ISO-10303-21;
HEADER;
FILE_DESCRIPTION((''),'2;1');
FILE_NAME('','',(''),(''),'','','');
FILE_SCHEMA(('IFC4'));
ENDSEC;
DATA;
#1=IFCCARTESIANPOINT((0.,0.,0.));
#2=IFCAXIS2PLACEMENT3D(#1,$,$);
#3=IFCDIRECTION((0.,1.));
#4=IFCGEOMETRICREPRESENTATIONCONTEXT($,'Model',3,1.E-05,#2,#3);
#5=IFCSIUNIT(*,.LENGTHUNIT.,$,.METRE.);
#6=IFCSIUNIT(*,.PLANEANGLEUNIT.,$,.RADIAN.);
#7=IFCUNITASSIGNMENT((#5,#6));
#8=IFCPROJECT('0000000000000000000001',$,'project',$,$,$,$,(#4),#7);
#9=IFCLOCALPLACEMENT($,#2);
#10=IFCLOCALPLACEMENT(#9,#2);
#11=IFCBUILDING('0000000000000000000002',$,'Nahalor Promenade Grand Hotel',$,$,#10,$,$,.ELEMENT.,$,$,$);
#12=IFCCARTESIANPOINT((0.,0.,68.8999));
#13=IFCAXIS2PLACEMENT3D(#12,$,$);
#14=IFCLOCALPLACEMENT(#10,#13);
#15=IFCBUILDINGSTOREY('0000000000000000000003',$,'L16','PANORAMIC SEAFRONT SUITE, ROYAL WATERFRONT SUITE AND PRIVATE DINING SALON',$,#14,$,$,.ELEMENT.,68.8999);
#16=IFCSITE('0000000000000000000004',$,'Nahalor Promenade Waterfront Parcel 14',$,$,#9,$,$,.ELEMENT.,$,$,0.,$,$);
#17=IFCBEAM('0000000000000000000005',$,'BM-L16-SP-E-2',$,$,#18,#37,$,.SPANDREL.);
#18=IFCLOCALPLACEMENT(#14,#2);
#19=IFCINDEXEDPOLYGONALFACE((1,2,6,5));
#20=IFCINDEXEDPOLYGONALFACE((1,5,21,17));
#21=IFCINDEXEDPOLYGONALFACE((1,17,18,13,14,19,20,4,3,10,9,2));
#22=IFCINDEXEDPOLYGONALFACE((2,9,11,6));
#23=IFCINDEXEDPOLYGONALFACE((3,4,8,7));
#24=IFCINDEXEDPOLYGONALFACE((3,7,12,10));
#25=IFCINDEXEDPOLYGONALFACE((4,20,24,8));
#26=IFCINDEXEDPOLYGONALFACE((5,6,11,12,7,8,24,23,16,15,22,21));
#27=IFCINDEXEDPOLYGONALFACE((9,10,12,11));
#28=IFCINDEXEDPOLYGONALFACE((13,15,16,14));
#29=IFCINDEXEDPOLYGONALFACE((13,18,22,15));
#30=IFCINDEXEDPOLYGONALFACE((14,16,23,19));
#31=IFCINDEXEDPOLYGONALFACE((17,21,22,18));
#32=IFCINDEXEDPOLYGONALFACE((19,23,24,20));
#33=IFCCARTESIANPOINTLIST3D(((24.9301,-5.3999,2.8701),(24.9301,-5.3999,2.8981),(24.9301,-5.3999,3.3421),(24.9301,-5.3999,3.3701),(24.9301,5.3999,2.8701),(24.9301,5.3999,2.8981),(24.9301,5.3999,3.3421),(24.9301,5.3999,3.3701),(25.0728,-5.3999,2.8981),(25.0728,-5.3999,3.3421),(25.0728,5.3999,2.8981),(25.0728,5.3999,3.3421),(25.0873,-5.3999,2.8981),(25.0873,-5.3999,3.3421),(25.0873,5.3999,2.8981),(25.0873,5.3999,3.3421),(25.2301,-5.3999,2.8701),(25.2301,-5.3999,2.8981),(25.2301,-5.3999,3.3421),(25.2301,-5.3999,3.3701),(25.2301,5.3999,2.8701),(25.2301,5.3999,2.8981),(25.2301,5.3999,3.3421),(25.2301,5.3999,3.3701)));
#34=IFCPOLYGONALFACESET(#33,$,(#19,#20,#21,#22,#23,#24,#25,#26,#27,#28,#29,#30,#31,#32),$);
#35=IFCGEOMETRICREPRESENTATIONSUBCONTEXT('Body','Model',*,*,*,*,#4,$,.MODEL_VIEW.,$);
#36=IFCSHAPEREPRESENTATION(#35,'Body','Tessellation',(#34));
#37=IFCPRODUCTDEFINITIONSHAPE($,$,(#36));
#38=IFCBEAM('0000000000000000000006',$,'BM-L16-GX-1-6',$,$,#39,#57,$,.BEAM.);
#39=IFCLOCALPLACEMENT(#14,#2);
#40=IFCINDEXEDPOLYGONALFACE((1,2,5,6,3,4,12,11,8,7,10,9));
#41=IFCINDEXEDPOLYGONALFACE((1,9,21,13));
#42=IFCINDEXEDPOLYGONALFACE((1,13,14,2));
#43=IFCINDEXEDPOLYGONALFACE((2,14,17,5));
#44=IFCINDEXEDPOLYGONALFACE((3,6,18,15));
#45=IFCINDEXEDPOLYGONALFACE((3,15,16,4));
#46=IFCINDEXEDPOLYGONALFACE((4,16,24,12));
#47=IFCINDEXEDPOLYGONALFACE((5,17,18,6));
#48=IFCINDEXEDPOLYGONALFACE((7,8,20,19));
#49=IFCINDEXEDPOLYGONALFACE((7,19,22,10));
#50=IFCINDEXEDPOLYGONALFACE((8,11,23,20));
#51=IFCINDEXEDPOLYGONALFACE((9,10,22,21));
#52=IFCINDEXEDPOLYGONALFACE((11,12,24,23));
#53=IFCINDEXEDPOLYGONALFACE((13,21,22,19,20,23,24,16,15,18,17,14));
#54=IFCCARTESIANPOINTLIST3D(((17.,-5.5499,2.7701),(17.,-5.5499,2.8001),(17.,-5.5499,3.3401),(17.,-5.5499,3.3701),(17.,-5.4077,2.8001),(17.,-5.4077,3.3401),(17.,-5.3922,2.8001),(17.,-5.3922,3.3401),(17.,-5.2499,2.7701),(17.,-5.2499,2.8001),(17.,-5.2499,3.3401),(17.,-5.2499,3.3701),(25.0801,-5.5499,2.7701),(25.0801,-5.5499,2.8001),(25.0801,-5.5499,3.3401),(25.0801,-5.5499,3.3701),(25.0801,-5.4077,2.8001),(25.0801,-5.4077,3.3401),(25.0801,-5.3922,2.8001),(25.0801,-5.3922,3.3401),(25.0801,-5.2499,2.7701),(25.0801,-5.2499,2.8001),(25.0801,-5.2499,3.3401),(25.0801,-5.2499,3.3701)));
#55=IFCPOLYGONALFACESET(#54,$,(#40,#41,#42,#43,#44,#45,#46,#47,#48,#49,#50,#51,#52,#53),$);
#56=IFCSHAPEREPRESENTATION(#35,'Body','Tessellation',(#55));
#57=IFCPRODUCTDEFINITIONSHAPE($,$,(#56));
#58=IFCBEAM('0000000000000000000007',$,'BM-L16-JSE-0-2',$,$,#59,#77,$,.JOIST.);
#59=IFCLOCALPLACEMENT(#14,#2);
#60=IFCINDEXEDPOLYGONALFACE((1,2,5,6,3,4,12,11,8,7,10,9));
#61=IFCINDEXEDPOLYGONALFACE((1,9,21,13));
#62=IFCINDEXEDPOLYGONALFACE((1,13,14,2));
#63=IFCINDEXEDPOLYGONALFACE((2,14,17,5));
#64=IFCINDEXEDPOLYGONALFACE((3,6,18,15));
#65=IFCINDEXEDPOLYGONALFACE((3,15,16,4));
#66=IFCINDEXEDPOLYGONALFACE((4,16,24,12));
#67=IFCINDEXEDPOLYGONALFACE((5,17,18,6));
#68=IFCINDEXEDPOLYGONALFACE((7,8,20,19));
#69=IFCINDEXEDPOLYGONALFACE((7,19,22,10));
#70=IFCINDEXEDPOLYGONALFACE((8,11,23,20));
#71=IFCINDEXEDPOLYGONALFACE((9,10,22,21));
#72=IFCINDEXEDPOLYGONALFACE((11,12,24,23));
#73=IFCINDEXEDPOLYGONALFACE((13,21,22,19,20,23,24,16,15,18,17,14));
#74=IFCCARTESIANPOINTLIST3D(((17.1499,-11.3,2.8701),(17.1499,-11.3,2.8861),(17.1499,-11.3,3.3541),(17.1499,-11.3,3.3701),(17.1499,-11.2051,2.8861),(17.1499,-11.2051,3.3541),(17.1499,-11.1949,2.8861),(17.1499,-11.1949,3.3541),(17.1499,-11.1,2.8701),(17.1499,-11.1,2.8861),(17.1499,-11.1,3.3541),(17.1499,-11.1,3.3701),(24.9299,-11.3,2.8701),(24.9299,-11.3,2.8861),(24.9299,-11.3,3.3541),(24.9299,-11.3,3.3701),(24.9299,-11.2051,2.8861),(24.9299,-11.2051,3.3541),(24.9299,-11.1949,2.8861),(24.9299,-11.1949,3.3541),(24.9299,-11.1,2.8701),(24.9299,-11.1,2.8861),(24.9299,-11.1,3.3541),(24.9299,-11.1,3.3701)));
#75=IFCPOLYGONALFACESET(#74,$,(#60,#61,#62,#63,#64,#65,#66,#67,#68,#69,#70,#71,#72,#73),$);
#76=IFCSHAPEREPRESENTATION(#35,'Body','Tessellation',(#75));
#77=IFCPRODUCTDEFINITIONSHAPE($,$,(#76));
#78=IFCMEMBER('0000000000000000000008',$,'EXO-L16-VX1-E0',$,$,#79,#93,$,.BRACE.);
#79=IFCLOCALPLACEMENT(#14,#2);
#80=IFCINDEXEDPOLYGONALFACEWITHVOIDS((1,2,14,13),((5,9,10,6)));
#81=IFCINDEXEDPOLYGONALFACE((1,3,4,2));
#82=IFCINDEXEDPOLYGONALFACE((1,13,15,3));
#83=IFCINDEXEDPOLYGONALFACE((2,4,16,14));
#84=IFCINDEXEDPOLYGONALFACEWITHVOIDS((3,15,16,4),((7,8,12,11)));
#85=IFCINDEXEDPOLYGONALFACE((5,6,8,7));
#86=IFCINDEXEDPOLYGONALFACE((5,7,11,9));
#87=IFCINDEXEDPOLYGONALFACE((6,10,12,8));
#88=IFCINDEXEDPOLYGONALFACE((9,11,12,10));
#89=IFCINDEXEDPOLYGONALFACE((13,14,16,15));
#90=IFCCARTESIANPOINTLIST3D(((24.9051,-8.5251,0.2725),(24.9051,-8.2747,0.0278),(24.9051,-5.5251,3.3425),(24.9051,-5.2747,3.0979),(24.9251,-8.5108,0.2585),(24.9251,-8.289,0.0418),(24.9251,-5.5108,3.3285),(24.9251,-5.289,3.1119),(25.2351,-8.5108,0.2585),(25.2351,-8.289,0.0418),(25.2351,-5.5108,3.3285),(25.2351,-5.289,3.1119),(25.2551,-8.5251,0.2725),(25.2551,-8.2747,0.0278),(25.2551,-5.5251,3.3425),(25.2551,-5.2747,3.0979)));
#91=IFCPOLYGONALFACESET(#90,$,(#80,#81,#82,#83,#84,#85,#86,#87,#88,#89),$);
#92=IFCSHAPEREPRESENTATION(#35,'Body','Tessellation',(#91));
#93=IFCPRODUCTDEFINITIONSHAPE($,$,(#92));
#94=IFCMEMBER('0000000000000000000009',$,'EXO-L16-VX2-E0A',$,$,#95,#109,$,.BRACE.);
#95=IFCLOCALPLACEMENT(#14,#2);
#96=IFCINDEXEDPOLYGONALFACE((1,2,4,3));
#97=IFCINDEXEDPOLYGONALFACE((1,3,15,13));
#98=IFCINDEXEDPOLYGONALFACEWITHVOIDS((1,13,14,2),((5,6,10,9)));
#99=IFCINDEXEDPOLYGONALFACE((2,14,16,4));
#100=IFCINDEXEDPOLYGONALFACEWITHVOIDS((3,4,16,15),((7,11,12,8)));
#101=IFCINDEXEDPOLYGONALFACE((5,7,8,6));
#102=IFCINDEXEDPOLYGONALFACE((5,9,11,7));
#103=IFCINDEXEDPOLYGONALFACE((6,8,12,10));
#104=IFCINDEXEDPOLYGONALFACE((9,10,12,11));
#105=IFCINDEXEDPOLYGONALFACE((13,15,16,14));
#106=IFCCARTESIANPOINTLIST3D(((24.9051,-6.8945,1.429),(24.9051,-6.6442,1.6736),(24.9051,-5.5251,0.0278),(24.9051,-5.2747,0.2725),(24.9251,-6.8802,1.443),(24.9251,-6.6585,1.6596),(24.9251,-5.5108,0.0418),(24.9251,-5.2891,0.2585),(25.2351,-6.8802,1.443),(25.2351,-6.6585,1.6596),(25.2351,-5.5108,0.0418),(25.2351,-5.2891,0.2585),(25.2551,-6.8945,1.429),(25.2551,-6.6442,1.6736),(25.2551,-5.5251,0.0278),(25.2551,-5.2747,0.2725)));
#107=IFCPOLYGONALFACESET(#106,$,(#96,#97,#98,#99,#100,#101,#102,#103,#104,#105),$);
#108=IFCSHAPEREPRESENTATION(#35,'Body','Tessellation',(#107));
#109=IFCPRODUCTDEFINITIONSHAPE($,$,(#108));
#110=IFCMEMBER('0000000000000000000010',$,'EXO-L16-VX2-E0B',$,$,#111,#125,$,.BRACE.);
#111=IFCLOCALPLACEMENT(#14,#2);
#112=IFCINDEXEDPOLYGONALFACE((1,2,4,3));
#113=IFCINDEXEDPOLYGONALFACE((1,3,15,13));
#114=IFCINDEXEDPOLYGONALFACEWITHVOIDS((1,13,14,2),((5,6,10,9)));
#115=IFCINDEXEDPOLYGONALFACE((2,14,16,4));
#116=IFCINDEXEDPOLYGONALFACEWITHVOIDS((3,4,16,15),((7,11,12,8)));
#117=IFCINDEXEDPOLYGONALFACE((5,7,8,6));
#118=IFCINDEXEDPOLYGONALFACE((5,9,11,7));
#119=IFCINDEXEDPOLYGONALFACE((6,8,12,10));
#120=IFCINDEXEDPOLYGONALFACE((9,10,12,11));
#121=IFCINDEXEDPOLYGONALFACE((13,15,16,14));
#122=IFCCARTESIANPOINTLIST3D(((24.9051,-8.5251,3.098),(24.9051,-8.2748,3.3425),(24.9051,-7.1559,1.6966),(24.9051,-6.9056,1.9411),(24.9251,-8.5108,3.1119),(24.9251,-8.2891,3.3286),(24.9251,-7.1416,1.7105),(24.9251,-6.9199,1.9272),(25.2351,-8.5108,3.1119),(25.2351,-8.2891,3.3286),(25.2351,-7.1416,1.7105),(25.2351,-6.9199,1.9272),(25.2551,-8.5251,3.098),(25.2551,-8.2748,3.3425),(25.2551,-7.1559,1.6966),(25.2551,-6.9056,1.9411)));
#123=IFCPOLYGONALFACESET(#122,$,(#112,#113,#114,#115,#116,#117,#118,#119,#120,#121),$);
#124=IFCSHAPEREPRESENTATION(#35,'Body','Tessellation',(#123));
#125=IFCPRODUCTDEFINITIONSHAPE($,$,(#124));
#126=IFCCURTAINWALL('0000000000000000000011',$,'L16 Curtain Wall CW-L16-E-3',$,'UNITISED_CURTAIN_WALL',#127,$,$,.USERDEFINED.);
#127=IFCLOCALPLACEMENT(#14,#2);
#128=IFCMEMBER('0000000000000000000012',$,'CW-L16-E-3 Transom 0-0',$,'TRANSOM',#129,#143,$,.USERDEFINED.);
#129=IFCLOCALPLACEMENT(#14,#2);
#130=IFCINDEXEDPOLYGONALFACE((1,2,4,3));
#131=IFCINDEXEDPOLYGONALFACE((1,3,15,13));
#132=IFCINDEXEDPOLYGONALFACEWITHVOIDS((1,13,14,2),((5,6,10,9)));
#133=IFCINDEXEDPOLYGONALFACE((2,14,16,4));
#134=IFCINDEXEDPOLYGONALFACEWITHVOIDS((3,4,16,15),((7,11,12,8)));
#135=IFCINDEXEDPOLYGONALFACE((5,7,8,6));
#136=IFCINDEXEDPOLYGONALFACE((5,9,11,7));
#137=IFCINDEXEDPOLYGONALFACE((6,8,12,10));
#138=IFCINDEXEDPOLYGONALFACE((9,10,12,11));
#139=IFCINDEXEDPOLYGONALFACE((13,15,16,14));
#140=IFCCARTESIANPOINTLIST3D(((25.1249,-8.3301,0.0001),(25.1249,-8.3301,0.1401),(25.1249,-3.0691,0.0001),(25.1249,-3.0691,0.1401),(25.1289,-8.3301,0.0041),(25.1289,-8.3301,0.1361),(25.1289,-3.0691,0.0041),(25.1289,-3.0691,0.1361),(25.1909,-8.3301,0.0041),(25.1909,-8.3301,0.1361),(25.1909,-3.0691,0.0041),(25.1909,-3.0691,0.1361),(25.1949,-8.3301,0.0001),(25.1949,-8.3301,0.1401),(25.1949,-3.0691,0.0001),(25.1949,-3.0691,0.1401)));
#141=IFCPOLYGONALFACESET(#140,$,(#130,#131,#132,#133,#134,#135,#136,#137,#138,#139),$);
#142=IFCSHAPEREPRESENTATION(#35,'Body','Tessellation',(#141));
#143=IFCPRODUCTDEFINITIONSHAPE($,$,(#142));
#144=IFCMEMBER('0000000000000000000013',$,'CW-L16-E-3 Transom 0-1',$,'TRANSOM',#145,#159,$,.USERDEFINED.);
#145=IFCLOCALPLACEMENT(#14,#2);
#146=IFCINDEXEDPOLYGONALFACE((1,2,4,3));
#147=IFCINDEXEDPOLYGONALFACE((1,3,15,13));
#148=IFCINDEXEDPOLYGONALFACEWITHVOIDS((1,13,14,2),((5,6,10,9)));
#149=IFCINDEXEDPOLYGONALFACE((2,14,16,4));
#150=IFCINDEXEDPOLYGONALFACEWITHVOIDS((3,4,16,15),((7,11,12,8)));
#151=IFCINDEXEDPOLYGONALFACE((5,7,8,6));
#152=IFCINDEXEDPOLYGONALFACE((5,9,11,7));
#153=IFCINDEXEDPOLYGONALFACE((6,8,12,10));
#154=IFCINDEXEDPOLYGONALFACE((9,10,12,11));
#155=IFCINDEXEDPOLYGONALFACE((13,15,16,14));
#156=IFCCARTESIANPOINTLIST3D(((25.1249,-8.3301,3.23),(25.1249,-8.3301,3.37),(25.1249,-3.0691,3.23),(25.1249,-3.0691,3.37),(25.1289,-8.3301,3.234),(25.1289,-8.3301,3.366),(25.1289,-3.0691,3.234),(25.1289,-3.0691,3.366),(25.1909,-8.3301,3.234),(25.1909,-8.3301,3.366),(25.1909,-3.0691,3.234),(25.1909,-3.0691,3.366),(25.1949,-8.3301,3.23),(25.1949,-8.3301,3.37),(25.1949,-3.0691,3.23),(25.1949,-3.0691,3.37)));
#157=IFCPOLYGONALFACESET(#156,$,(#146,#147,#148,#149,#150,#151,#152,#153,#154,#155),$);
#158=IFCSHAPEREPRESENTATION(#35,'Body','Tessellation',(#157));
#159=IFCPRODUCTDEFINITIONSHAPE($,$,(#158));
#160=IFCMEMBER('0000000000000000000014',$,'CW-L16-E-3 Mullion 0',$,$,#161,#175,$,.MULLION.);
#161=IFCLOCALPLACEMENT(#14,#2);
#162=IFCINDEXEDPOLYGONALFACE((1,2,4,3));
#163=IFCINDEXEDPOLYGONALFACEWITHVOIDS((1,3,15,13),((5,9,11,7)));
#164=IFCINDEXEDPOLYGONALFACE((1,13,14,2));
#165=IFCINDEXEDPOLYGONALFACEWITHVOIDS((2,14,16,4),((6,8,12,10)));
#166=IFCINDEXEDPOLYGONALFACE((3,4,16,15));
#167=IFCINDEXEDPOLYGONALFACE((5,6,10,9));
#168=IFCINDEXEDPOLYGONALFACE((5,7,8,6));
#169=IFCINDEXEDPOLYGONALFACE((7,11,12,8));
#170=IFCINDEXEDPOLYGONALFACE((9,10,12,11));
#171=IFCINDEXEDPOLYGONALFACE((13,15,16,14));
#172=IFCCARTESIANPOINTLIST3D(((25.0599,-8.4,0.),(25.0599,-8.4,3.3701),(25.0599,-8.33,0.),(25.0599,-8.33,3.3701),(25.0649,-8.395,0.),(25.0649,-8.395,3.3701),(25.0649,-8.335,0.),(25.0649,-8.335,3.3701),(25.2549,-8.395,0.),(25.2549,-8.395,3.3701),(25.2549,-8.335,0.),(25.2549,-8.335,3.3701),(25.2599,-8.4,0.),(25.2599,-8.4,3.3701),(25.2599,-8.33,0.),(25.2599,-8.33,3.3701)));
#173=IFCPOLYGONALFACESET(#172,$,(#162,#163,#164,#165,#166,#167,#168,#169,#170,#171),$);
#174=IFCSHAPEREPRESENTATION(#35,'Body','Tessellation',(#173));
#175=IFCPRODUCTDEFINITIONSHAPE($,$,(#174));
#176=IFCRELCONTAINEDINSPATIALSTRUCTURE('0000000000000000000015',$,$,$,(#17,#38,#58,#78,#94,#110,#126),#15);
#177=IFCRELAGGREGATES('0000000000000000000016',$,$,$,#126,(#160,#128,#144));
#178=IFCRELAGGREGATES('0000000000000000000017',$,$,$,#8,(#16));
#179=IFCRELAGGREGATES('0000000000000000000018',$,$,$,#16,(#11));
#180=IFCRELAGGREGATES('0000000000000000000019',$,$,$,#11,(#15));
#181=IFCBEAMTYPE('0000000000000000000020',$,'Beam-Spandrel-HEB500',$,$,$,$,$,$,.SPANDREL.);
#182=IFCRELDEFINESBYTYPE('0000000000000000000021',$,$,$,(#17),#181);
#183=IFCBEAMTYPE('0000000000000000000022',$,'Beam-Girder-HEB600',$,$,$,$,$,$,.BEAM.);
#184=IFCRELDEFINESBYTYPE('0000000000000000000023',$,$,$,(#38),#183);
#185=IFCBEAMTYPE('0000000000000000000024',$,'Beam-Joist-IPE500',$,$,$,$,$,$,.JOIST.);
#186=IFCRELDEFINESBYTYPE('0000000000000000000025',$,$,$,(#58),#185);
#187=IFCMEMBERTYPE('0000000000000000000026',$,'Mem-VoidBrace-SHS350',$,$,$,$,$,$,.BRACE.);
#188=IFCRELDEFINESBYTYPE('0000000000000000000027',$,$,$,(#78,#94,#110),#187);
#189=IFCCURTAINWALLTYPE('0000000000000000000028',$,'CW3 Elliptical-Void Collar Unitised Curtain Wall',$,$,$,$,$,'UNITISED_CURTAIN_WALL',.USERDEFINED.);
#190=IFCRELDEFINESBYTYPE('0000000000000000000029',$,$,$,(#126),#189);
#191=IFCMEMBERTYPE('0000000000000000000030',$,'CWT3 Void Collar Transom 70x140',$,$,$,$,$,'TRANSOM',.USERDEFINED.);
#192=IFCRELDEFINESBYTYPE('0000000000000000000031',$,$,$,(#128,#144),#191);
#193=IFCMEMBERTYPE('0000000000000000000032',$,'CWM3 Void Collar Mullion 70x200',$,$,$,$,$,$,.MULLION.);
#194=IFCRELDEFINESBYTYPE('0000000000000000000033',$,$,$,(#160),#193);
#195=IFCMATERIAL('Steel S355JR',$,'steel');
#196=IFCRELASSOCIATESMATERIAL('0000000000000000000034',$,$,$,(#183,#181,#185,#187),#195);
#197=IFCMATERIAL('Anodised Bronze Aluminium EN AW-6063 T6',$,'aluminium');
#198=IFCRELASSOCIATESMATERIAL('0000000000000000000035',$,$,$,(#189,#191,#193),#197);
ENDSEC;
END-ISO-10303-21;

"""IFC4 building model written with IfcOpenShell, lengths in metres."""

from ifc_helpers import new_model, si_unit, direction, frame, origin, origin_2d, place, context, subcontext, project, spatial, hollow_rectangle, i_section, extrude, source, transform, mapped, material, material_profile, profile_set, type_object, element, aggregate, save


model = new_model("IFC4")

# Units and contexts
model_context = context("Model", 3, precision=1e-05, world=origin(), true_north=direction((0.0, 1.0)))
body_context = subcontext(model_context, "Body", "Model", "MODEL_VIEW")
ifc_project = project(units=[si_unit("LENGTHUNIT", "METRE"), si_unit("PLANEANGLEUNIT", "RADIAN")], contexts=[model_context])

# Site, building, storey
site_placement = place(None, origin())
site = spatial("IfcSite", under=ifc_project, at=site_placement, Name="Nahalor Promenade Waterfront Parcel 14", CompositionType="ELEMENT", RefElevation=0.0)
building_placement = place(site_placement, origin())
building = spatial("IfcBuilding", under=site, at=building_placement, Name="Nahalor Promenade Grand Hotel", CompositionType="ELEMENT")
storey_placement = place(building_placement, frame((0.0, 0.0, 68.8999)))
storey = spatial("IfcBuildingStorey", under=building, at=storey_placement, Name="L16", Description="PANORAMIC SEAFRONT SUITE, ROYAL WATERFRONT SUITE AND PRIVATE DINING SALON", CompositionType="ELEMENT", Elevation=68.8999)

# Beams
ifc_material_1 = material(Name="Steel S355JR", Category="steel")
ifc_material_profile_1 = material_profile(ifc_material_1, i_section(OverallWidth=0.3, OverallDepth=0.6, WebThickness=0.0155, FlangeThickness=0.03, at=origin_2d()), Name="HEB 600")
ifc_profile_set_1 = profile_set([ifc_material_profile_1], Name="Steel S355JR")
beam_type_1 = type_object("IfcBeamType", Name="Beam-Girder-HEB600", PredefinedType="BEAM", material=ifc_profile_set_1)
ifc_material_profile_2 = material_profile(ifc_material_1, i_section(OverallWidth=0.3, OverallDepth=0.5, WebThickness=0.0145, FlangeThickness=0.028, at=origin_2d()), Name="HEB 500")
ifc_profile_set_2 = profile_set([ifc_material_profile_2], Name="Steel S355JR")
beam_type_2 = type_object("IfcBeamType", Name="Beam-Spandrel-HEB500", PredefinedType="SPANDREL", material=ifc_profile_set_2)
shared_shape_1 = source(origin(), body_context, "Body", "SweptSolid", [
    extrude(i_section(OverallWidth=0.3, OverallDepth=0.5, WebThickness=0.0145, FlangeThickness=0.028, at=origin_2d()), origin(), (0.0, 0.0, 1.0), 10.7998),
])
beam_1_placement = place(storey_placement, frame((25.0801, -5.3999, 3.1201), z_axis=(0.0, 1.0, 0.0), x_axis=(-1.0, 0.0, 0.0)))
element("IfcBeam", 1, at=beam_1_placement, inside=storey, type_object=beam_type_2, Name="BM-L16-SP-E-2", PredefinedType="SPANDREL", context=body_context, shape_type="MappedRepresentation", body=[
    mapped(shared_shape_1, transform((0.0, 0.0, 0.0), scale=1.0)),
])
shared_shape_2 = source(origin(), body_context, "Body", "SweptSolid", [
    extrude(i_section(OverallWidth=0.3, OverallDepth=0.6, WebThickness=0.0155, FlangeThickness=0.03, at=origin_2d()), origin(), (0.0, 0.0, 1.0), 8.0801),
])
beam_2_placement = place(storey_placement, frame((17.0, -5.3999, 3.0701), z_axis=(1.0, 0.0, 0.0), x_axis=(0.0, 1.0, 0.0)))
element("IfcBeam", 2, at=beam_2_placement, inside=storey, type_object=beam_type_1, Name="BM-L16-GX-1-6", PredefinedType="BEAM", context=body_context, shape_type="MappedRepresentation", body=[
    mapped(shared_shape_2, transform((0.0, 0.0, 0.0), scale=1.0)),
])
ifc_material_profile_3 = material_profile(ifc_material_1, i_section(OverallWidth=0.2, OverallDepth=0.5, WebThickness=0.0102, FlangeThickness=0.016, at=origin_2d()), Name="IPE 500")
ifc_profile_set_3 = profile_set([ifc_material_profile_3], Name="Steel S355JR")
beam_type_3 = type_object("IfcBeamType", Name="Beam-Joist-IPE500", PredefinedType="JOIST", material=ifc_profile_set_3)
shared_shape_3 = source(origin(), body_context, "Body", "SweptSolid", [
    extrude(i_section(OverallWidth=0.2, OverallDepth=0.5, WebThickness=0.0102, FlangeThickness=0.016, at=origin_2d()), origin(), (0.0, 0.0, 1.0), 7.78),
])
beam_3_placement = place(storey_placement, frame((17.1499, -11.2, 3.1201), z_axis=(1.0, 0.0, 0.0), x_axis=(0.0, 1.0, 0.0)))
element("IfcBeam", 3, at=beam_3_placement, inside=storey, type_object=beam_type_3, Name="BM-L16-JSE-0-2", PredefinedType="JOIST", context=body_context, shape_type="MappedRepresentation", body=[
    mapped(shared_shape_3, transform((0.0, 0.0, 0.0), scale=1.0)),
])

# Members
ifc_material_profile_4 = material_profile(ifc_material_1, hollow_rectangle(XDim=0.35, YDim=0.35, WallThickness=0.02, at=origin_2d()), Name="SHS 350x350x20")
ifc_profile_set_4 = profile_set([ifc_material_profile_4], Name="Steel S355JR")
member_type_1 = type_object("IfcMemberType", Name="Mem-VoidBrace-SHS350", PredefinedType="BRACE", material=ifc_profile_set_4)
shared_shape_4 = source(origin(), body_context, "Body", "SweptSolid", [
    extrude(hollow_rectangle(XDim=0.35, YDim=0.35, WallThickness=0.02, at=origin_2d()), origin(), (0.0, 0.0, 1.0), 4.2925),
])
member_1_placement = place(storey_placement, frame((25.0801, -8.3999, 0.1501), z_axis=(0.0, 0.698898, 0.715221), x_axis=(-1.0, 0.0, 0.0)))
element("IfcMember", 4, at=member_1_placement, inside=storey, type_object=member_type_1, Name="EXO-L16-VX1-E0", PredefinedType="BRACE", context=body_context, shape_type="MappedRepresentation", body=[
    mapped(shared_shape_4, transform((0.0, 0.0, 0.0), scale=1.0)),
])
shared_shape_5 = source(origin(), body_context, "Body", "SweptSolid", [
    extrude(hollow_rectangle(XDim=0.35, YDim=0.35, WallThickness=0.02, at=origin_2d()), origin(), (0.0, 0.0, 1.0), 1.9592),
])
for number, where, z_axis, x_axis, name in (
    (5, (25.0801, -5.3999, 0.1501), (0.0, -0.69896, 0.71516), (1.0, 0.0, 0.0), "EXO-L16-VX2-E0A"),
    (6, (25.0801, -7.0308, 1.8188), (0.0, -0.698834, 0.715283), (1.0, 0.0, 0.0), "EXO-L16-VX2-E0B"),
):
    element("IfcMember", number, at=place(storey_placement, frame(where, z_axis=z_axis, x_axis=x_axis)), inside=storey, type_object=member_type_1, Name=name, PredefinedType="BRACE", context=body_context, shape_type="MappedRepresentation", body=[
        mapped(shared_shape_5, transform((0.0, 0.0, 0.0), scale=1.0)),
    ])

# Curtain wall, members
ifc_material_2 = material(Name="Anodised Bronze Aluminium EN AW-6063 T6", Category="aluminium")
curtain_wall_type = type_object("IfcCurtainWallType", Name="CW3 Elliptical-Void Collar Unitised Curtain Wall", ElementType="UNITISED_CURTAIN_WALL", PredefinedType="USERDEFINED", material=ifc_material_2)
curtain_wall_placement = place(storey_placement, origin())
curtain_wall = element("IfcCurtainWall", 7, at=curtain_wall_placement, inside=storey, type_object=curtain_wall_type, Name="L16 Curtain Wall CW-L16-E-3", ObjectType="UNITISED_CURTAIN_WALL", PredefinedType="USERDEFINED")
ifc_material_profile_5 = material_profile(ifc_material_2, hollow_rectangle(XDim=0.07, YDim=0.14, WallThickness=0.004, at=origin_2d()), Name="CWT 70x140x4")
ifc_profile_set_5 = profile_set([ifc_material_profile_5], Name="Anodised Bronze Aluminium EN AW-6063 T6")
member_type_2 = type_object("IfcMemberType", Name="CWT3 Void Collar Transom 70x140", ElementType="TRANSOM", PredefinedType="USERDEFINED", material=ifc_profile_set_5)
shared_shape_6 = source(origin(), body_context, "Body", "SweptSolid", [
    extrude(hollow_rectangle(XDim=0.07, YDim=0.14, WallThickness=0.004, at=origin_2d()), origin(), (0.0, 0.0, 1.0), 5.261),
])
member_2_placement = place(storey_placement, frame((25.1599, -8.3301, 0.0701), z_axis=(0.0, 1.0, 0.0), x_axis=(-1.0, 0.0, 0.0)))
member_2 = element("IfcMember", 8, at=member_2_placement, type_object=member_type_2, Name="CW-L16-E-3 Transom 0-0", ObjectType="TRANSOM", PredefinedType="USERDEFINED", context=body_context, shape_type="MappedRepresentation", body=[
    mapped(shared_shape_6, transform((0.0, 0.0, 0.0), scale=1.0)),
])
member_3_placement = place(storey_placement, frame((25.1599, -8.3301, 3.3), z_axis=(0.0, 1.0, 0.0), x_axis=(-1.0, 0.0, 0.0)))
member_3 = element("IfcMember", 9, at=member_3_placement, type_object=member_type_2, Name="CW-L16-E-3 Transom 0-1", ObjectType="TRANSOM", PredefinedType="USERDEFINED", context=body_context, shape_type="MappedRepresentation", body=[
    mapped(shared_shape_6, transform((0.0, 0.0, 0.0), scale=1.0)),
])
ifc_material_profile_6 = material_profile(ifc_material_2, hollow_rectangle(XDim=0.07, YDim=0.2, WallThickness=0.005, at=origin_2d()), Name="CWM 70x200x5")
ifc_profile_set_6 = profile_set([ifc_material_profile_6], Name="Anodised Bronze Aluminium EN AW-6063 T6")
member_type_3 = type_object("IfcMemberType", Name="CWM3 Void Collar Mullion 70x200", PredefinedType="MULLION", material=ifc_profile_set_6)
shared_shape_7 = source(origin(), body_context, "Body", "SweptSolid", [
    extrude(hollow_rectangle(XDim=0.07, YDim=0.2, WallThickness=0.005, at=origin_2d()), origin(), (0.0, 0.0, 1.0), 3.3701),
])
member_4_placement = place(storey_placement, frame((25.1599, -8.365, 0.0), z_axis=(0.0, 0.0, 1.0), x_axis=(0.0, 1.0, 0.0)))
member_4 = element("IfcMember", 10, at=member_4_placement, type_object=member_type_3, Name="CW-L16-E-3 Mullion 0", PredefinedType="MULLION", context=body_context, shape_type="MappedRepresentation", body=[
    mapped(shared_shape_7, transform((0.0, 0.0, 0.0), scale=1.0)),
])
aggregate(curtain_wall, [member_4, member_2, member_3])

save(model, "model.ifc")
